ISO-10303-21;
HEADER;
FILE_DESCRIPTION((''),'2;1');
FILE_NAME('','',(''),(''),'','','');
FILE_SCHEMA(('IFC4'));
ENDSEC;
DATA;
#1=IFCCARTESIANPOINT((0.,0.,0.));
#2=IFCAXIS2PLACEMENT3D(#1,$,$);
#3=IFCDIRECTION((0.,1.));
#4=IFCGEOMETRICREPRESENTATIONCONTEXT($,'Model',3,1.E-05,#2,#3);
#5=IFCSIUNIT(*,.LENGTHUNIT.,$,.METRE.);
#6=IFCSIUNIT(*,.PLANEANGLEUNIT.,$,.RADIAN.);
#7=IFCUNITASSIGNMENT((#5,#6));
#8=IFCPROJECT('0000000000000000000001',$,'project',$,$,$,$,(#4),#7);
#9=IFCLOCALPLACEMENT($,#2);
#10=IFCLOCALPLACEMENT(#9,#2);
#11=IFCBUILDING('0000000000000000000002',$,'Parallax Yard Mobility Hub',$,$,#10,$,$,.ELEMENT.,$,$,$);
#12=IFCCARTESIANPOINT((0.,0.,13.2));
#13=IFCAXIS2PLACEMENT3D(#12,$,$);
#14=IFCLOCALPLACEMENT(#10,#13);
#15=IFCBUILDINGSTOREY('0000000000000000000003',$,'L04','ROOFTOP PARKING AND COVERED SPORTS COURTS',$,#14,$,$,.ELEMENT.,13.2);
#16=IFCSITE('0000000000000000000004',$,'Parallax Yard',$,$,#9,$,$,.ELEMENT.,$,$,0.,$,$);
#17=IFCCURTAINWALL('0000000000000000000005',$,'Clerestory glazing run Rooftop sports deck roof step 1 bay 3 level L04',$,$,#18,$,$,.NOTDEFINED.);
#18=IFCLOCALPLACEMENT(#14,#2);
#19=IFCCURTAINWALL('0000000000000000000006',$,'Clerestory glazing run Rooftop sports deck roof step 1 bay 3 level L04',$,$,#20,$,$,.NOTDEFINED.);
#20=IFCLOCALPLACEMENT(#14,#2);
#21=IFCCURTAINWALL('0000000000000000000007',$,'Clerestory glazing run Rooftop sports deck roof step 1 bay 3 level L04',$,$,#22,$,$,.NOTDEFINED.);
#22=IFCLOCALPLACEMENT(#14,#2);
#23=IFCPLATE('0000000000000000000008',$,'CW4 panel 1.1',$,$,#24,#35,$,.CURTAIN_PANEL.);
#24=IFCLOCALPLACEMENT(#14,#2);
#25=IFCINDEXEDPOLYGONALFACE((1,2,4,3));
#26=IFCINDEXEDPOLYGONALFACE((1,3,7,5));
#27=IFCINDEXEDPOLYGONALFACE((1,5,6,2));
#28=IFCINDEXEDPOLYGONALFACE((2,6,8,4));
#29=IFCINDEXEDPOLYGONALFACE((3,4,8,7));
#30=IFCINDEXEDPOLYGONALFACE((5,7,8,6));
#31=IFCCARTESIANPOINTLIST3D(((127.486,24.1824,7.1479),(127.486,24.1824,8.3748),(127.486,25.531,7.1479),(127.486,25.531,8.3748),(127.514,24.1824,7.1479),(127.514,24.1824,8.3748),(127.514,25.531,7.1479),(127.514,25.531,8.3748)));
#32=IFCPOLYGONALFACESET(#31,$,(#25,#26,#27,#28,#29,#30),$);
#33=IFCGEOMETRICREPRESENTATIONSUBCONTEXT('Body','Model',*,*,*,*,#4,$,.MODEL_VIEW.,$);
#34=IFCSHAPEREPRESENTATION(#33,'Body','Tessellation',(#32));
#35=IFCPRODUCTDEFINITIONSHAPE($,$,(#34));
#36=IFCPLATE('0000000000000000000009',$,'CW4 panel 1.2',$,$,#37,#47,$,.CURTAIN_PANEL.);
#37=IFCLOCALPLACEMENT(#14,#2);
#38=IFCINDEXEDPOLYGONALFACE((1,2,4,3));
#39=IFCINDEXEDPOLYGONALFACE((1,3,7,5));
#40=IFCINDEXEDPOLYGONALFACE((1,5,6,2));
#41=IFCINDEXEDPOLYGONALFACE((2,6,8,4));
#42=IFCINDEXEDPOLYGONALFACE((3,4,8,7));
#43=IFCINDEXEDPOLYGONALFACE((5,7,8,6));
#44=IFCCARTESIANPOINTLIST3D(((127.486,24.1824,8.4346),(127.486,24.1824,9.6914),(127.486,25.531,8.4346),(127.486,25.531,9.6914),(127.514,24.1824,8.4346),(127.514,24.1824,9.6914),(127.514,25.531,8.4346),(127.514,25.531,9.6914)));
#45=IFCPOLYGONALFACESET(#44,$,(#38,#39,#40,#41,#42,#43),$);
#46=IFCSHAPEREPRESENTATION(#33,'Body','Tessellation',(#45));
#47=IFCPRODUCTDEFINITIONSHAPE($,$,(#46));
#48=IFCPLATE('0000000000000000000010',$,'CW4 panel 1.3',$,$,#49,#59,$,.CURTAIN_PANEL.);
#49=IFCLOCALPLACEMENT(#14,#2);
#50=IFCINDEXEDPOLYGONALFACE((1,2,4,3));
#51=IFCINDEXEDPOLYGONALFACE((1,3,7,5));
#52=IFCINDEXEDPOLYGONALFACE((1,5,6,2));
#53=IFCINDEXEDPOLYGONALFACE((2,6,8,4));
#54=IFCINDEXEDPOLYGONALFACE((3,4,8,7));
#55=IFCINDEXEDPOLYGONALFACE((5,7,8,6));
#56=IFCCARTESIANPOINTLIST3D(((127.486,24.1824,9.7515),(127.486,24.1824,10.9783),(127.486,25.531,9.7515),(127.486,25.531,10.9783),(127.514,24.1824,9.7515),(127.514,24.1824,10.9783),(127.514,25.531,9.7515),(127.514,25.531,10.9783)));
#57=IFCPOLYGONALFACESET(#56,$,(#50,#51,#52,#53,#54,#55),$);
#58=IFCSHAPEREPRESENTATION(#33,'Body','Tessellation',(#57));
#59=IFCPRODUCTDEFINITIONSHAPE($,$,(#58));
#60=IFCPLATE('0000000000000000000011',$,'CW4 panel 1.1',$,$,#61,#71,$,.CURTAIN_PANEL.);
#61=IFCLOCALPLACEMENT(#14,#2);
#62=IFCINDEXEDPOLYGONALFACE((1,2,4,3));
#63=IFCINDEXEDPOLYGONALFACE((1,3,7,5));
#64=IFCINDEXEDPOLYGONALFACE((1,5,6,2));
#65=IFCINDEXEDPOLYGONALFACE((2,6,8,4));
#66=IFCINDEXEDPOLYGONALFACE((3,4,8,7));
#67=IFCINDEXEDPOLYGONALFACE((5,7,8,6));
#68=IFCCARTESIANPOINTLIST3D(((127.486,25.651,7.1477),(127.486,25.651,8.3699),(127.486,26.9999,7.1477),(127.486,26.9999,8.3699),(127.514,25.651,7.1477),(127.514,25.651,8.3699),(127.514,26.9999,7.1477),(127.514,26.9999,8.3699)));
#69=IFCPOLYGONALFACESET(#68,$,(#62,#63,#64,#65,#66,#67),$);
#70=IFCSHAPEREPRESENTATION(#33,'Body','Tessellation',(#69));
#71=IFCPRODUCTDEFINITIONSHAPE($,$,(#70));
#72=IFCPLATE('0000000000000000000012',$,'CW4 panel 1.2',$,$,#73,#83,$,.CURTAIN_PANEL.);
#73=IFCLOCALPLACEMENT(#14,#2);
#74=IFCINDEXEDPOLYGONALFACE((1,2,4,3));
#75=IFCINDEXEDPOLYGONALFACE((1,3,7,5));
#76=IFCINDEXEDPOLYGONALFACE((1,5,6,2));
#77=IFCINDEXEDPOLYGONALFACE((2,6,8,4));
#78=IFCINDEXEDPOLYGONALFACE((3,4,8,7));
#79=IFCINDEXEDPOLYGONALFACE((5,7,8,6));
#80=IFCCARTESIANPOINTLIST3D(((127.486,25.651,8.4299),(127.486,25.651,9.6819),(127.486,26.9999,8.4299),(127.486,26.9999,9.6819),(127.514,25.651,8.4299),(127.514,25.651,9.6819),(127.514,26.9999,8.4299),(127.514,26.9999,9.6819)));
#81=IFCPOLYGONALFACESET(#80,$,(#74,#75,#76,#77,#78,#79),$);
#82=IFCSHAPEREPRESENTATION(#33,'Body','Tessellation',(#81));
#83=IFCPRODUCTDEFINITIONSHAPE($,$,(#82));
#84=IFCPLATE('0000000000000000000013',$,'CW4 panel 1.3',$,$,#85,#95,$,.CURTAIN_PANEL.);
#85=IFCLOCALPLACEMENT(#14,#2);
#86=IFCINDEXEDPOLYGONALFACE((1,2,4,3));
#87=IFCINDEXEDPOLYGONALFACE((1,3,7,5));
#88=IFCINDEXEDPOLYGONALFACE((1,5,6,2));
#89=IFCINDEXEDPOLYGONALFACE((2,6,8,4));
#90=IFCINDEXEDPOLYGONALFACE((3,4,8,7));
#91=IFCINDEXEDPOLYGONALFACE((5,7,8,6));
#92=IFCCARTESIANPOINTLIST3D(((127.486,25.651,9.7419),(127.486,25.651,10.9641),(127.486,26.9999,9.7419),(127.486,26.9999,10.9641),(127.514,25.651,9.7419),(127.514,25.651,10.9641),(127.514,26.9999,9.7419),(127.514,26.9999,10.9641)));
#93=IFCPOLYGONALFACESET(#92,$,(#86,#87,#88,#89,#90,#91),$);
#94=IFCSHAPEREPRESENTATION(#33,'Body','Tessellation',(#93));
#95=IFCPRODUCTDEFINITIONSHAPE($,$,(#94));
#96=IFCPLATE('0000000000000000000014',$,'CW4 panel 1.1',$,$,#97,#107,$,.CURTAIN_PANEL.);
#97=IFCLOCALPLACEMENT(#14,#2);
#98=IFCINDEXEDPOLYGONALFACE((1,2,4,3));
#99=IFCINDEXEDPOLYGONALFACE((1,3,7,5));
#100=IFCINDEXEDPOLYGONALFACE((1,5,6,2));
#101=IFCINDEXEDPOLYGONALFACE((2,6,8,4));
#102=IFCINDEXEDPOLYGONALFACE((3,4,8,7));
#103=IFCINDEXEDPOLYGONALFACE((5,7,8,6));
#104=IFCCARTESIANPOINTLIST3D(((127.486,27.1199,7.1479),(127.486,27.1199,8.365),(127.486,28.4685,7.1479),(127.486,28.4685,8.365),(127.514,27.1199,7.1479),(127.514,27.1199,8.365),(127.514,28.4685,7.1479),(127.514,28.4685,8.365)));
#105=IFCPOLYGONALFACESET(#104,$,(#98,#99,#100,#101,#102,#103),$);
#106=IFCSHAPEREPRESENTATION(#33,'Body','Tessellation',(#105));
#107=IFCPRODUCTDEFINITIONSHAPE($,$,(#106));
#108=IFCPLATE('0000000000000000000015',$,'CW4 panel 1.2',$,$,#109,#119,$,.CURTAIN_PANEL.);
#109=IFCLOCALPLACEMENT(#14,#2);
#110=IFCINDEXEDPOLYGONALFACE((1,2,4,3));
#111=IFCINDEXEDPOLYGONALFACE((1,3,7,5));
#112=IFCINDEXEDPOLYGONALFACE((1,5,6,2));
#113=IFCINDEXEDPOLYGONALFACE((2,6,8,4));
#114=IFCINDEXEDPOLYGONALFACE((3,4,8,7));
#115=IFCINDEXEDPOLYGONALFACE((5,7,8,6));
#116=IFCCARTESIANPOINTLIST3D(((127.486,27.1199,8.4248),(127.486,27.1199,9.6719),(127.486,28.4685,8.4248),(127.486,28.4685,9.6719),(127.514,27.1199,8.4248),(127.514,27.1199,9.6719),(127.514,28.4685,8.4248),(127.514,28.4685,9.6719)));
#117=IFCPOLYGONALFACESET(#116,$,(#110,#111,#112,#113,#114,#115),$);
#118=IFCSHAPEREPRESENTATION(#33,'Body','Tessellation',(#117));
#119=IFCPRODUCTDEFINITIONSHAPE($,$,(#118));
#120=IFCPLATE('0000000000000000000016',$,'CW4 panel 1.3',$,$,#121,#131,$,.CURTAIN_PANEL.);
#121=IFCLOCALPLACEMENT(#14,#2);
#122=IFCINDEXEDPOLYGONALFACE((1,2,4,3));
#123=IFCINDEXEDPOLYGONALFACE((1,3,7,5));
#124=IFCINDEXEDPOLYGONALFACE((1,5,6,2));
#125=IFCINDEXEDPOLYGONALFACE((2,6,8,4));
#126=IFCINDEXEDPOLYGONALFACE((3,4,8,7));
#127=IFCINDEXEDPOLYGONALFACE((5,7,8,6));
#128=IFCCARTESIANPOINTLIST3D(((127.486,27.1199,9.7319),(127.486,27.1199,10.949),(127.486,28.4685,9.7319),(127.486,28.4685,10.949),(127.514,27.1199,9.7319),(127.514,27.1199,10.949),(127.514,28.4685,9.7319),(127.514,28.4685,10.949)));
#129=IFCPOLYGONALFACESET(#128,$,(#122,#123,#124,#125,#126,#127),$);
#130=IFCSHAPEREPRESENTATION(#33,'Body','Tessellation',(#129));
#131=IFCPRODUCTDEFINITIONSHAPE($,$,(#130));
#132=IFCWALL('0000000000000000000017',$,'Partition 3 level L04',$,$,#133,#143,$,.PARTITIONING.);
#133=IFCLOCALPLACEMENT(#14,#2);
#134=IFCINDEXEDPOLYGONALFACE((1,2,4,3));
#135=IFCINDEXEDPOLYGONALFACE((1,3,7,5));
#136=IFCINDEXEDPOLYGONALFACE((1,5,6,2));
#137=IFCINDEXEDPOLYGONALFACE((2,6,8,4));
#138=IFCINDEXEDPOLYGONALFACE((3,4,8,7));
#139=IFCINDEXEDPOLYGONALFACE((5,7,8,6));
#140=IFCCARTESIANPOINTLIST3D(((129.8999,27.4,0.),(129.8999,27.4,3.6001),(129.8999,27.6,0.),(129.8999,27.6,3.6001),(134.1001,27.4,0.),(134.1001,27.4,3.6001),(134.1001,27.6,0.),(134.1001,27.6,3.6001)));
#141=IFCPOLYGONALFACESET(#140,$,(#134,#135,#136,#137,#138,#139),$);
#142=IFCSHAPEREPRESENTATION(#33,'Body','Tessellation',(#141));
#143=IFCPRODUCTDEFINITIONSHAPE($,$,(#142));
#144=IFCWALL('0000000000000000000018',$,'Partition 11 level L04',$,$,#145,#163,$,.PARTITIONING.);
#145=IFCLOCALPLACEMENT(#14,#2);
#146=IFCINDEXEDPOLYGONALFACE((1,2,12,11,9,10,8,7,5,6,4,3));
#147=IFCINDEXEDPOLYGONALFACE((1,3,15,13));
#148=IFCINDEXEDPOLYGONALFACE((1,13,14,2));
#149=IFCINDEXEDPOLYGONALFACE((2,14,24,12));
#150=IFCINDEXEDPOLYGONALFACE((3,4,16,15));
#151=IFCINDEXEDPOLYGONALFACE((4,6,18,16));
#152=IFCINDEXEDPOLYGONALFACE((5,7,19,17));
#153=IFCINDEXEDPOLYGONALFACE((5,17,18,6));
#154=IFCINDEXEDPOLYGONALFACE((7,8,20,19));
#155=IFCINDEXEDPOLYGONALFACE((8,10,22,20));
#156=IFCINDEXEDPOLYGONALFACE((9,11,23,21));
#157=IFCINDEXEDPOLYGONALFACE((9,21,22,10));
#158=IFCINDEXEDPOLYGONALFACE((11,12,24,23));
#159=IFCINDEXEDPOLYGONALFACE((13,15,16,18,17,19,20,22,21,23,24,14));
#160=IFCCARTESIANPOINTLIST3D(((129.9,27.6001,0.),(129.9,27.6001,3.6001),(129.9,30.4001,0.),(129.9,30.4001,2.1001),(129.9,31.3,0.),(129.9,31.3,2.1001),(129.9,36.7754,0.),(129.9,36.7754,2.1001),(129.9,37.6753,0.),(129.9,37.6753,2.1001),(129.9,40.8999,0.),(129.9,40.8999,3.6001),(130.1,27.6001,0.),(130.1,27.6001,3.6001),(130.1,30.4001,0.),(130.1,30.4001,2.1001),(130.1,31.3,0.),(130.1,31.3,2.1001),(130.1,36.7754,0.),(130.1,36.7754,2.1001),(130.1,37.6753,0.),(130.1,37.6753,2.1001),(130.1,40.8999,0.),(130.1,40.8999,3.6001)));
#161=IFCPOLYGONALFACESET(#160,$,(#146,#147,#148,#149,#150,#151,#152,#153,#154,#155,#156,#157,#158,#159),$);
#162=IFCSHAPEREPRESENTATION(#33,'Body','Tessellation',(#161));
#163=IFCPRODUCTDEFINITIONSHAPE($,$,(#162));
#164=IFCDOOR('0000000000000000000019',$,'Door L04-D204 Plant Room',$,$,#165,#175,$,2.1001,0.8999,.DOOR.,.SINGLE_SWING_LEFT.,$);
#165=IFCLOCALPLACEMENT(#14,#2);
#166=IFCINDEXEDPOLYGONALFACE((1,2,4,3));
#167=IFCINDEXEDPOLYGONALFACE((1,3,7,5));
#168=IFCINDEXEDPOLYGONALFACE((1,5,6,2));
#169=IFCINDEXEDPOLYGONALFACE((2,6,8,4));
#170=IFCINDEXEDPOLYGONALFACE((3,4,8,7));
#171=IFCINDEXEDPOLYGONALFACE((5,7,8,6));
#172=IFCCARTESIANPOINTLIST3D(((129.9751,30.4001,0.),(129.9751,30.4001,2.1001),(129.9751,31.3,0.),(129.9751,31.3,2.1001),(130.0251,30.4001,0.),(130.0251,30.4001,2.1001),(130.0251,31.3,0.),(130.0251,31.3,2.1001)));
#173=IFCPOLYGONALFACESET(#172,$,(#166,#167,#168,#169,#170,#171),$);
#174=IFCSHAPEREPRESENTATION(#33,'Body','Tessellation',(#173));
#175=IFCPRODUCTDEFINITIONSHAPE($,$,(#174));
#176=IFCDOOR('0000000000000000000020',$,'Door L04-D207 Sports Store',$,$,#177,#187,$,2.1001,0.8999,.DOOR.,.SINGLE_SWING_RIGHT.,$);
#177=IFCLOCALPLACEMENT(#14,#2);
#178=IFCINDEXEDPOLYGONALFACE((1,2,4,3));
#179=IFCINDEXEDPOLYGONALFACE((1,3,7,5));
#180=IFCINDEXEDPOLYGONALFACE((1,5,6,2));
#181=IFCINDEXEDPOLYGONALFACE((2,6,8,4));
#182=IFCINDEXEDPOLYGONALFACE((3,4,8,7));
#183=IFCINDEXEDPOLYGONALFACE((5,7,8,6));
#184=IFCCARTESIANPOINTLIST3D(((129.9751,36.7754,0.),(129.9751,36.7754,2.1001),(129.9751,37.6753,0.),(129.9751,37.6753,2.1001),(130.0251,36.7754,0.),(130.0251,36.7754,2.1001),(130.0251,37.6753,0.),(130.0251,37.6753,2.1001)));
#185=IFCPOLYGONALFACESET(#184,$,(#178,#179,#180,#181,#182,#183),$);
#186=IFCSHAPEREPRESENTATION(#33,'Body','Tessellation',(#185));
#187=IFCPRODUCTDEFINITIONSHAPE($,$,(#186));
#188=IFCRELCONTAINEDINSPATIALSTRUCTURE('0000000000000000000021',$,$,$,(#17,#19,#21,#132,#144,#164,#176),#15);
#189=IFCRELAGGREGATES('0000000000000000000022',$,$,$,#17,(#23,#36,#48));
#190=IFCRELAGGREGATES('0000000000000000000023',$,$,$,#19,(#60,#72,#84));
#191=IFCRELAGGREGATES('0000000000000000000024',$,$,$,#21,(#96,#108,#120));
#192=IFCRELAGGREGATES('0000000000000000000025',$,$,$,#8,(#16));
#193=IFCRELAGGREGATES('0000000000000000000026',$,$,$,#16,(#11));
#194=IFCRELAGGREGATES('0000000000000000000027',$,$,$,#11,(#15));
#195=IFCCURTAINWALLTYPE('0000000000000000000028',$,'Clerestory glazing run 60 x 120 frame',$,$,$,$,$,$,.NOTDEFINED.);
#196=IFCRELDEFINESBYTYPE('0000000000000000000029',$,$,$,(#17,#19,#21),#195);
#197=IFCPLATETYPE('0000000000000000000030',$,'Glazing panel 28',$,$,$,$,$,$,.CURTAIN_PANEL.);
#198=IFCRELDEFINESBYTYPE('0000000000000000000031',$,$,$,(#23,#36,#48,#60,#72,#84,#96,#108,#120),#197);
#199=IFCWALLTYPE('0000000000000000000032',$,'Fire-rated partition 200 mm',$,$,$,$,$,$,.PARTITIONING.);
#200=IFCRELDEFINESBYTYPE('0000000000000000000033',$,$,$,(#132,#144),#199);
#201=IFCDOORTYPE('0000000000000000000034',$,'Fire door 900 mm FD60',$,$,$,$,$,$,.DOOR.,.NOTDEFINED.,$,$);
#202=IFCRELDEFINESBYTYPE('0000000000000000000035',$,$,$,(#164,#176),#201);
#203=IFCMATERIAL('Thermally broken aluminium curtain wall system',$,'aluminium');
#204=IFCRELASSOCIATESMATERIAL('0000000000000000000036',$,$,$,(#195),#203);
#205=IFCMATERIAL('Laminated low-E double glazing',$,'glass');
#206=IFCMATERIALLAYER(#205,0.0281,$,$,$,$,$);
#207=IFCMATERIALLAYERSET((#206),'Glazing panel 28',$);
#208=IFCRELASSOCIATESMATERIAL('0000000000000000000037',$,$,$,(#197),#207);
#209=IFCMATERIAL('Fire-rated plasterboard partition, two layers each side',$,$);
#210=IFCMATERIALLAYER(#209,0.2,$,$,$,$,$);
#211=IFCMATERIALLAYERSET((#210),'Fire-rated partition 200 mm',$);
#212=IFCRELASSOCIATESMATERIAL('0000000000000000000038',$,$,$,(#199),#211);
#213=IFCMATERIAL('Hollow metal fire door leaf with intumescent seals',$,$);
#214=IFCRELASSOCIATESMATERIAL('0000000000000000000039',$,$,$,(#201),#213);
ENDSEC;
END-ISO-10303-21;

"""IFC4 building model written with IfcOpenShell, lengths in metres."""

from ifc_helpers import new_model, si_unit, direction, frame, frame_2d, origin, origin_2d, place, context, subcontext, project, spatial, rectangle, extrude, material, layer, layer_set, type_object, element, fill, aggregate, save


model = new_model("IFC4")

# Units and contexts
model_context = context("Model", 3, precision=1e-05, world=origin(), true_north=direction((0.0, 1.0)))
body_context = subcontext(model_context, "Body", "Model", "MODEL_VIEW")
ifc_project = project(units=[si_unit("LENGTHUNIT", "METRE"), si_unit("PLANEANGLEUNIT", "RADIAN")], contexts=[model_context])

# Site, building, storey
site_placement = place(None, origin())
site = spatial("IfcSite", under=ifc_project, at=site_placement, Name="Parallax Yard", CompositionType="ELEMENT", RefElevation=0.0)
building_placement = place(site_placement, origin())
building = spatial("IfcBuilding", under=site, at=building_placement, Name="Parallax Yard Mobility Hub", CompositionType="ELEMENT")
storey_placement = place(building_placement, frame((0.0, 0.0, 13.2)))
storey = spatial("IfcBuildingStorey", under=building, at=storey_placement, Name="L04", Description="ROOFTOP PARKING AND COVERED SPORTS COURTS", CompositionType="ELEMENT", Elevation=13.2)

# Curtain walls
ifc_material_1 = material(Name="Thermally broken aluminium curtain wall system", Category="aluminium")
curtain_wall_type = type_object("IfcCurtainWallType", Name="Clerestory glazing run 60 x 120 frame", PredefinedType="NOTDEFINED", material=ifc_material_1)
curtain_wall_1_placement = place(storey_placement, origin())
curtain_wall_1 = element("IfcCurtainWall", 1, at=curtain_wall_1_placement, inside=storey, type_object=curtain_wall_type, Name="Clerestory glazing run Rooftop sports deck roof step 1 bay 3 level L04", PredefinedType="NOTDEFINED")
curtain_wall_2_placement = place(storey_placement, origin())
curtain_wall_2 = element("IfcCurtainWall", 2, at=curtain_wall_2_placement, inside=storey, type_object=curtain_wall_type, Name="Clerestory glazing run Rooftop sports deck roof step 1 bay 3 level L04", PredefinedType="NOTDEFINED")
curtain_wall_3_placement = place(storey_placement, origin())
curtain_wall_3 = element("IfcCurtainWall", 3, at=curtain_wall_3_placement, inside=storey, type_object=curtain_wall_type, Name="Clerestory glazing run Rooftop sports deck roof step 1 bay 3 level L04", PredefinedType="NOTDEFINED")

# Plates
ifc_material_2 = material(Name="Laminated low-E double glazing", Category="glass")
ifc_layer_1 = layer(ifc_material_2, 0.0281)
ifc_layer_set_1 = layer_set([ifc_layer_1], Name="Glazing panel 28")
plate_type = type_object("IfcPlateType", Name="Glazing panel 28", PredefinedType="CURTAIN_PANEL", material=ifc_layer_set_1)
plate_1_placement = place(storey_placement, frame((127.5, 24.8567, 7.1479), z_axis=(0.0, 0.0, 1.0), x_axis=(0.0, 1.0, 0.0)))
plate_1 = element("IfcPlate", 4, at=plate_1_placement, type_object=plate_type, Name="CW4 panel 1.1", PredefinedType="CURTAIN_PANEL", context=body_context, shape_type="SweptSolid", body=[
    extrude(rectangle(XDim=1.3486, YDim=0.0281, at=origin_2d()), origin(), (0.0, 0.0, 1.0), 1.2268),
])
plate_2_placement = place(storey_placement, frame((127.5, 24.8567, 8.4346), z_axis=(0.0, 0.0, 1.0), x_axis=(0.0, 1.0, 0.0)))
plate_2 = element("IfcPlate", 5, at=plate_2_placement, type_object=plate_type, Name="CW4 panel 1.2", PredefinedType="CURTAIN_PANEL", context=body_context, shape_type="SweptSolid", body=[
    extrude(rectangle(XDim=1.3486, YDim=0.0281, at=origin_2d()), origin(), (0.0, 0.0, 1.0), 1.2568),
])
plate_3_placement = place(storey_placement, frame((127.5, 24.8567, 9.7515), z_axis=(0.0, 0.0, 1.0), x_axis=(0.0, 1.0, 0.0)))
plate_3 = element("IfcPlate", 6, at=plate_3_placement, type_object=plate_type, Name="CW4 panel 1.3", PredefinedType="CURTAIN_PANEL", context=body_context, shape_type="SweptSolid", body=[
    extrude(rectangle(XDim=1.3486, YDim=0.0281, at=origin_2d()), origin(), (0.0, 0.0, 1.0), 1.2268),
])
aggregate(curtain_wall_1, [plate_1, plate_2, plate_3])
plate_4_placement = place(storey_placement, frame((127.5, 26.3254, 7.1477), z_axis=(0.0, 0.0, 1.0), x_axis=(0.0, 1.0, 0.0)))
plate_4 = element("IfcPlate", 7, at=plate_4_placement, type_object=plate_type, Name="CW4 panel 1.1", PredefinedType="CURTAIN_PANEL", context=body_context, shape_type="SweptSolid", body=[
    extrude(rectangle(XDim=1.3489, YDim=0.0281, at=origin_2d()), origin(), (0.0, 0.0, 1.0), 1.2222),
])
plate_5_placement = place(storey_placement, frame((127.5, 26.3254, 8.4299), z_axis=(0.0, 0.0, 1.0), x_axis=(0.0, 1.0, 0.0)))
plate_5 = element("IfcPlate", 8, at=plate_5_placement, type_object=plate_type, Name="CW4 panel 1.2", PredefinedType="CURTAIN_PANEL", context=body_context, shape_type="SweptSolid", body=[
    extrude(rectangle(XDim=1.3489, YDim=0.0281, at=origin_2d()), origin(), (0.0, 0.0, 1.0), 1.252),
])
plate_6_placement = place(storey_placement, frame((127.5, 26.3254, 9.7419), z_axis=(0.0, 0.0, 1.0), x_axis=(0.0, 1.0, 0.0)))
plate_6 = element("IfcPlate", 9, at=plate_6_placement, type_object=plate_type, Name="CW4 panel 1.3", PredefinedType="CURTAIN_PANEL", context=body_context, shape_type="SweptSolid", body=[
    extrude(rectangle(XDim=1.3489, YDim=0.0281, at=origin_2d()), origin(), (0.0, 0.0, 1.0), 1.2222),
])
aggregate(curtain_wall_2, [plate_4, plate_5, plate_6])
plate_7_placement = place(storey_placement, frame((127.5, 27.7942, 7.1479), z_axis=(0.0, 0.0, 1.0), x_axis=(0.0, 1.0, 0.0)))
plate_7 = element("IfcPlate", 10, at=plate_7_placement, type_object=plate_type, Name="CW4 panel 1.1", PredefinedType="CURTAIN_PANEL", context=body_context, shape_type="SweptSolid", body=[
    extrude(rectangle(XDim=1.3486, YDim=0.0281, at=origin_2d()), origin(), (0.0, 0.0, 1.0), 1.217),
])
plate_8_placement = place(storey_placement, frame((127.5, 27.7942, 8.4248), z_axis=(0.0, 0.0, 1.0), x_axis=(0.0, 1.0, 0.0)))
plate_8 = element("IfcPlate", 11, at=plate_8_placement, type_object=plate_type, Name="CW4 panel 1.2", PredefinedType="CURTAIN_PANEL", context=body_context, shape_type="SweptSolid", body=[
    extrude(rectangle(XDim=1.3486, YDim=0.0281, at=origin_2d()), origin(), (0.0, 0.0, 1.0), 1.2471),
])
plate_9_placement = place(storey_placement, frame((127.5, 27.7942, 9.7319), z_axis=(0.0, 0.0, 1.0), x_axis=(0.0, 1.0, 0.0)))
plate_9 = element("IfcPlate", 12, at=plate_9_placement, type_object=plate_type, Name="CW4 panel 1.3", PredefinedType="CURTAIN_PANEL", context=body_context, shape_type="SweptSolid", body=[
    extrude(rectangle(XDim=1.3486, YDim=0.0281, at=origin_2d()), origin(), (0.0, 0.0, 1.0), 1.217),
])
aggregate(curtain_wall_3, [plate_7, plate_8, plate_9])

# Wall
ifc_material_3 = material(Name="Fire-rated plasterboard partition, two layers each side")
ifc_layer_2 = layer(ifc_material_3, 0.2)
ifc_layer_set_2 = layer_set([ifc_layer_2], Name="Fire-rated partition 200 mm")
wall_type = type_object("IfcWallType", Name="Fire-rated partition 200 mm", PredefinedType="PARTITIONING", material=ifc_layer_set_2)
wall_1_placement = place(storey_placement, frame((129.8999, 27.5, 0.0), z_axis=(0.0, 0.0, 1.0), x_axis=(1.0, 0.0, 0.0)))
element("IfcWall", 13, at=wall_1_placement, inside=storey, type_object=wall_type, Name="Partition 3 level L04", PredefinedType="PARTITIONING", context=body_context, shape_type="SweptSolid", body=[
    extrude(rectangle(XDim=4.2002, YDim=0.2, at=frame_2d((2.1001, 0.0))), origin(), (0.0, 0.0, 1.0), 3.6001),
])

# Wall, openings, doors
wall_2_placement = place(storey_placement, frame((130.0, 27.6001, 0.0), z_axis=(0.0, 0.0, 1.0), x_axis=(0.0, 1.0, 0.0)))
wall_2 = element("IfcWall", 14, at=wall_2_placement, inside=storey, type_object=wall_type, Name="Partition 11 level L04", PredefinedType="PARTITIONING", context=body_context, shape_type="SweptSolid", body=[
    extrude(rectangle(XDim=13.2998, YDim=0.2, at=frame_2d((6.6499, 0.0))), origin(), (0.0, 0.0, 1.0), 3.6001),
])
opening_1_placement = place(wall_2_placement, frame((2.8, 0.0, 0.0)))
opening_1 = element("IfcOpeningElement", 15, at=opening_1_placement, cuts=wall_2, PredefinedType="OPENING", context=body_context, shape_type="SweptSolid", body=[
    extrude(rectangle(XDim=0.8999, YDim=2.1001, at=frame_2d((0.45, 1.05))), frame((0.0, 0.1099, 0.0), z_axis=(0.0, -1.0, 0.0), x_axis=(1.0, 0.0, 0.0)), (0.0, 0.0, 1.0), 0.22),
])
opening_2_placement = place(wall_2_placement, frame((9.1753, 0.0, 0.0)))
opening_2 = element("IfcOpeningElement", 16, at=opening_2_placement, cuts=wall_2, PredefinedType="OPENING", context=body_context, shape_type="SweptSolid", body=[
    extrude(rectangle(XDim=0.8999, YDim=2.1001, at=frame_2d((0.45, 1.05))), frame((0.0, 0.1099, 0.0), z_axis=(0.0, -1.0, 0.0), x_axis=(1.0, 0.0, 0.0)), (0.0, 0.0, 1.0), 0.22),
])
ifc_material_4 = material(Name="Hollow metal fire door leaf with intumescent seals")
door_type = type_object("IfcDoorType", Name="Fire door 900 mm FD60", OperationType="NOTDEFINED", PredefinedType="DOOR", material=ifc_material_4)
door_1_placement = place(opening_1_placement, origin())
door_1 = element("IfcDoor", 17, at=door_1_placement, inside=storey, type_object=door_type, Name="Door L04-D204 Plant Room", OperationType="SINGLE_SWING_LEFT", OverallHeight=2.1001, OverallWidth=0.8999, PredefinedType="DOOR", context=body_context, shape_type="SweptSolid", body=[
    extrude(rectangle(XDim=0.8999, YDim=2.1001, at=frame_2d((0.45, 1.05))), frame((0.0, 0.0249, 0.0), z_axis=(0.0, -1.0, 0.0), x_axis=(1.0, 0.0, 0.0)), (0.0, 0.0, 1.0), 0.05),
])
fill(opening_1, door_1)
door_2_placement = place(opening_2_placement, origin())
door_2 = element("IfcDoor", 18, at=door_2_placement, inside=storey, type_object=door_type, Name="Door L04-D207 Sports Store", OperationType="SINGLE_SWING_RIGHT", OverallHeight=2.1001, OverallWidth=0.8999, PredefinedType="DOOR", context=body_context, shape_type="SweptSolid", body=[
    extrude(rectangle(XDim=0.8999, YDim=2.1001, at=frame_2d((0.45, 1.05))), frame((0.0, 0.0249, 0.0), z_axis=(0.0, -1.0, 0.0), x_axis=(1.0, 0.0, 0.0)), (0.0, 0.0, 1.0), 0.05),
])
fill(opening_2, door_2)

save(model, "model.ifc")
